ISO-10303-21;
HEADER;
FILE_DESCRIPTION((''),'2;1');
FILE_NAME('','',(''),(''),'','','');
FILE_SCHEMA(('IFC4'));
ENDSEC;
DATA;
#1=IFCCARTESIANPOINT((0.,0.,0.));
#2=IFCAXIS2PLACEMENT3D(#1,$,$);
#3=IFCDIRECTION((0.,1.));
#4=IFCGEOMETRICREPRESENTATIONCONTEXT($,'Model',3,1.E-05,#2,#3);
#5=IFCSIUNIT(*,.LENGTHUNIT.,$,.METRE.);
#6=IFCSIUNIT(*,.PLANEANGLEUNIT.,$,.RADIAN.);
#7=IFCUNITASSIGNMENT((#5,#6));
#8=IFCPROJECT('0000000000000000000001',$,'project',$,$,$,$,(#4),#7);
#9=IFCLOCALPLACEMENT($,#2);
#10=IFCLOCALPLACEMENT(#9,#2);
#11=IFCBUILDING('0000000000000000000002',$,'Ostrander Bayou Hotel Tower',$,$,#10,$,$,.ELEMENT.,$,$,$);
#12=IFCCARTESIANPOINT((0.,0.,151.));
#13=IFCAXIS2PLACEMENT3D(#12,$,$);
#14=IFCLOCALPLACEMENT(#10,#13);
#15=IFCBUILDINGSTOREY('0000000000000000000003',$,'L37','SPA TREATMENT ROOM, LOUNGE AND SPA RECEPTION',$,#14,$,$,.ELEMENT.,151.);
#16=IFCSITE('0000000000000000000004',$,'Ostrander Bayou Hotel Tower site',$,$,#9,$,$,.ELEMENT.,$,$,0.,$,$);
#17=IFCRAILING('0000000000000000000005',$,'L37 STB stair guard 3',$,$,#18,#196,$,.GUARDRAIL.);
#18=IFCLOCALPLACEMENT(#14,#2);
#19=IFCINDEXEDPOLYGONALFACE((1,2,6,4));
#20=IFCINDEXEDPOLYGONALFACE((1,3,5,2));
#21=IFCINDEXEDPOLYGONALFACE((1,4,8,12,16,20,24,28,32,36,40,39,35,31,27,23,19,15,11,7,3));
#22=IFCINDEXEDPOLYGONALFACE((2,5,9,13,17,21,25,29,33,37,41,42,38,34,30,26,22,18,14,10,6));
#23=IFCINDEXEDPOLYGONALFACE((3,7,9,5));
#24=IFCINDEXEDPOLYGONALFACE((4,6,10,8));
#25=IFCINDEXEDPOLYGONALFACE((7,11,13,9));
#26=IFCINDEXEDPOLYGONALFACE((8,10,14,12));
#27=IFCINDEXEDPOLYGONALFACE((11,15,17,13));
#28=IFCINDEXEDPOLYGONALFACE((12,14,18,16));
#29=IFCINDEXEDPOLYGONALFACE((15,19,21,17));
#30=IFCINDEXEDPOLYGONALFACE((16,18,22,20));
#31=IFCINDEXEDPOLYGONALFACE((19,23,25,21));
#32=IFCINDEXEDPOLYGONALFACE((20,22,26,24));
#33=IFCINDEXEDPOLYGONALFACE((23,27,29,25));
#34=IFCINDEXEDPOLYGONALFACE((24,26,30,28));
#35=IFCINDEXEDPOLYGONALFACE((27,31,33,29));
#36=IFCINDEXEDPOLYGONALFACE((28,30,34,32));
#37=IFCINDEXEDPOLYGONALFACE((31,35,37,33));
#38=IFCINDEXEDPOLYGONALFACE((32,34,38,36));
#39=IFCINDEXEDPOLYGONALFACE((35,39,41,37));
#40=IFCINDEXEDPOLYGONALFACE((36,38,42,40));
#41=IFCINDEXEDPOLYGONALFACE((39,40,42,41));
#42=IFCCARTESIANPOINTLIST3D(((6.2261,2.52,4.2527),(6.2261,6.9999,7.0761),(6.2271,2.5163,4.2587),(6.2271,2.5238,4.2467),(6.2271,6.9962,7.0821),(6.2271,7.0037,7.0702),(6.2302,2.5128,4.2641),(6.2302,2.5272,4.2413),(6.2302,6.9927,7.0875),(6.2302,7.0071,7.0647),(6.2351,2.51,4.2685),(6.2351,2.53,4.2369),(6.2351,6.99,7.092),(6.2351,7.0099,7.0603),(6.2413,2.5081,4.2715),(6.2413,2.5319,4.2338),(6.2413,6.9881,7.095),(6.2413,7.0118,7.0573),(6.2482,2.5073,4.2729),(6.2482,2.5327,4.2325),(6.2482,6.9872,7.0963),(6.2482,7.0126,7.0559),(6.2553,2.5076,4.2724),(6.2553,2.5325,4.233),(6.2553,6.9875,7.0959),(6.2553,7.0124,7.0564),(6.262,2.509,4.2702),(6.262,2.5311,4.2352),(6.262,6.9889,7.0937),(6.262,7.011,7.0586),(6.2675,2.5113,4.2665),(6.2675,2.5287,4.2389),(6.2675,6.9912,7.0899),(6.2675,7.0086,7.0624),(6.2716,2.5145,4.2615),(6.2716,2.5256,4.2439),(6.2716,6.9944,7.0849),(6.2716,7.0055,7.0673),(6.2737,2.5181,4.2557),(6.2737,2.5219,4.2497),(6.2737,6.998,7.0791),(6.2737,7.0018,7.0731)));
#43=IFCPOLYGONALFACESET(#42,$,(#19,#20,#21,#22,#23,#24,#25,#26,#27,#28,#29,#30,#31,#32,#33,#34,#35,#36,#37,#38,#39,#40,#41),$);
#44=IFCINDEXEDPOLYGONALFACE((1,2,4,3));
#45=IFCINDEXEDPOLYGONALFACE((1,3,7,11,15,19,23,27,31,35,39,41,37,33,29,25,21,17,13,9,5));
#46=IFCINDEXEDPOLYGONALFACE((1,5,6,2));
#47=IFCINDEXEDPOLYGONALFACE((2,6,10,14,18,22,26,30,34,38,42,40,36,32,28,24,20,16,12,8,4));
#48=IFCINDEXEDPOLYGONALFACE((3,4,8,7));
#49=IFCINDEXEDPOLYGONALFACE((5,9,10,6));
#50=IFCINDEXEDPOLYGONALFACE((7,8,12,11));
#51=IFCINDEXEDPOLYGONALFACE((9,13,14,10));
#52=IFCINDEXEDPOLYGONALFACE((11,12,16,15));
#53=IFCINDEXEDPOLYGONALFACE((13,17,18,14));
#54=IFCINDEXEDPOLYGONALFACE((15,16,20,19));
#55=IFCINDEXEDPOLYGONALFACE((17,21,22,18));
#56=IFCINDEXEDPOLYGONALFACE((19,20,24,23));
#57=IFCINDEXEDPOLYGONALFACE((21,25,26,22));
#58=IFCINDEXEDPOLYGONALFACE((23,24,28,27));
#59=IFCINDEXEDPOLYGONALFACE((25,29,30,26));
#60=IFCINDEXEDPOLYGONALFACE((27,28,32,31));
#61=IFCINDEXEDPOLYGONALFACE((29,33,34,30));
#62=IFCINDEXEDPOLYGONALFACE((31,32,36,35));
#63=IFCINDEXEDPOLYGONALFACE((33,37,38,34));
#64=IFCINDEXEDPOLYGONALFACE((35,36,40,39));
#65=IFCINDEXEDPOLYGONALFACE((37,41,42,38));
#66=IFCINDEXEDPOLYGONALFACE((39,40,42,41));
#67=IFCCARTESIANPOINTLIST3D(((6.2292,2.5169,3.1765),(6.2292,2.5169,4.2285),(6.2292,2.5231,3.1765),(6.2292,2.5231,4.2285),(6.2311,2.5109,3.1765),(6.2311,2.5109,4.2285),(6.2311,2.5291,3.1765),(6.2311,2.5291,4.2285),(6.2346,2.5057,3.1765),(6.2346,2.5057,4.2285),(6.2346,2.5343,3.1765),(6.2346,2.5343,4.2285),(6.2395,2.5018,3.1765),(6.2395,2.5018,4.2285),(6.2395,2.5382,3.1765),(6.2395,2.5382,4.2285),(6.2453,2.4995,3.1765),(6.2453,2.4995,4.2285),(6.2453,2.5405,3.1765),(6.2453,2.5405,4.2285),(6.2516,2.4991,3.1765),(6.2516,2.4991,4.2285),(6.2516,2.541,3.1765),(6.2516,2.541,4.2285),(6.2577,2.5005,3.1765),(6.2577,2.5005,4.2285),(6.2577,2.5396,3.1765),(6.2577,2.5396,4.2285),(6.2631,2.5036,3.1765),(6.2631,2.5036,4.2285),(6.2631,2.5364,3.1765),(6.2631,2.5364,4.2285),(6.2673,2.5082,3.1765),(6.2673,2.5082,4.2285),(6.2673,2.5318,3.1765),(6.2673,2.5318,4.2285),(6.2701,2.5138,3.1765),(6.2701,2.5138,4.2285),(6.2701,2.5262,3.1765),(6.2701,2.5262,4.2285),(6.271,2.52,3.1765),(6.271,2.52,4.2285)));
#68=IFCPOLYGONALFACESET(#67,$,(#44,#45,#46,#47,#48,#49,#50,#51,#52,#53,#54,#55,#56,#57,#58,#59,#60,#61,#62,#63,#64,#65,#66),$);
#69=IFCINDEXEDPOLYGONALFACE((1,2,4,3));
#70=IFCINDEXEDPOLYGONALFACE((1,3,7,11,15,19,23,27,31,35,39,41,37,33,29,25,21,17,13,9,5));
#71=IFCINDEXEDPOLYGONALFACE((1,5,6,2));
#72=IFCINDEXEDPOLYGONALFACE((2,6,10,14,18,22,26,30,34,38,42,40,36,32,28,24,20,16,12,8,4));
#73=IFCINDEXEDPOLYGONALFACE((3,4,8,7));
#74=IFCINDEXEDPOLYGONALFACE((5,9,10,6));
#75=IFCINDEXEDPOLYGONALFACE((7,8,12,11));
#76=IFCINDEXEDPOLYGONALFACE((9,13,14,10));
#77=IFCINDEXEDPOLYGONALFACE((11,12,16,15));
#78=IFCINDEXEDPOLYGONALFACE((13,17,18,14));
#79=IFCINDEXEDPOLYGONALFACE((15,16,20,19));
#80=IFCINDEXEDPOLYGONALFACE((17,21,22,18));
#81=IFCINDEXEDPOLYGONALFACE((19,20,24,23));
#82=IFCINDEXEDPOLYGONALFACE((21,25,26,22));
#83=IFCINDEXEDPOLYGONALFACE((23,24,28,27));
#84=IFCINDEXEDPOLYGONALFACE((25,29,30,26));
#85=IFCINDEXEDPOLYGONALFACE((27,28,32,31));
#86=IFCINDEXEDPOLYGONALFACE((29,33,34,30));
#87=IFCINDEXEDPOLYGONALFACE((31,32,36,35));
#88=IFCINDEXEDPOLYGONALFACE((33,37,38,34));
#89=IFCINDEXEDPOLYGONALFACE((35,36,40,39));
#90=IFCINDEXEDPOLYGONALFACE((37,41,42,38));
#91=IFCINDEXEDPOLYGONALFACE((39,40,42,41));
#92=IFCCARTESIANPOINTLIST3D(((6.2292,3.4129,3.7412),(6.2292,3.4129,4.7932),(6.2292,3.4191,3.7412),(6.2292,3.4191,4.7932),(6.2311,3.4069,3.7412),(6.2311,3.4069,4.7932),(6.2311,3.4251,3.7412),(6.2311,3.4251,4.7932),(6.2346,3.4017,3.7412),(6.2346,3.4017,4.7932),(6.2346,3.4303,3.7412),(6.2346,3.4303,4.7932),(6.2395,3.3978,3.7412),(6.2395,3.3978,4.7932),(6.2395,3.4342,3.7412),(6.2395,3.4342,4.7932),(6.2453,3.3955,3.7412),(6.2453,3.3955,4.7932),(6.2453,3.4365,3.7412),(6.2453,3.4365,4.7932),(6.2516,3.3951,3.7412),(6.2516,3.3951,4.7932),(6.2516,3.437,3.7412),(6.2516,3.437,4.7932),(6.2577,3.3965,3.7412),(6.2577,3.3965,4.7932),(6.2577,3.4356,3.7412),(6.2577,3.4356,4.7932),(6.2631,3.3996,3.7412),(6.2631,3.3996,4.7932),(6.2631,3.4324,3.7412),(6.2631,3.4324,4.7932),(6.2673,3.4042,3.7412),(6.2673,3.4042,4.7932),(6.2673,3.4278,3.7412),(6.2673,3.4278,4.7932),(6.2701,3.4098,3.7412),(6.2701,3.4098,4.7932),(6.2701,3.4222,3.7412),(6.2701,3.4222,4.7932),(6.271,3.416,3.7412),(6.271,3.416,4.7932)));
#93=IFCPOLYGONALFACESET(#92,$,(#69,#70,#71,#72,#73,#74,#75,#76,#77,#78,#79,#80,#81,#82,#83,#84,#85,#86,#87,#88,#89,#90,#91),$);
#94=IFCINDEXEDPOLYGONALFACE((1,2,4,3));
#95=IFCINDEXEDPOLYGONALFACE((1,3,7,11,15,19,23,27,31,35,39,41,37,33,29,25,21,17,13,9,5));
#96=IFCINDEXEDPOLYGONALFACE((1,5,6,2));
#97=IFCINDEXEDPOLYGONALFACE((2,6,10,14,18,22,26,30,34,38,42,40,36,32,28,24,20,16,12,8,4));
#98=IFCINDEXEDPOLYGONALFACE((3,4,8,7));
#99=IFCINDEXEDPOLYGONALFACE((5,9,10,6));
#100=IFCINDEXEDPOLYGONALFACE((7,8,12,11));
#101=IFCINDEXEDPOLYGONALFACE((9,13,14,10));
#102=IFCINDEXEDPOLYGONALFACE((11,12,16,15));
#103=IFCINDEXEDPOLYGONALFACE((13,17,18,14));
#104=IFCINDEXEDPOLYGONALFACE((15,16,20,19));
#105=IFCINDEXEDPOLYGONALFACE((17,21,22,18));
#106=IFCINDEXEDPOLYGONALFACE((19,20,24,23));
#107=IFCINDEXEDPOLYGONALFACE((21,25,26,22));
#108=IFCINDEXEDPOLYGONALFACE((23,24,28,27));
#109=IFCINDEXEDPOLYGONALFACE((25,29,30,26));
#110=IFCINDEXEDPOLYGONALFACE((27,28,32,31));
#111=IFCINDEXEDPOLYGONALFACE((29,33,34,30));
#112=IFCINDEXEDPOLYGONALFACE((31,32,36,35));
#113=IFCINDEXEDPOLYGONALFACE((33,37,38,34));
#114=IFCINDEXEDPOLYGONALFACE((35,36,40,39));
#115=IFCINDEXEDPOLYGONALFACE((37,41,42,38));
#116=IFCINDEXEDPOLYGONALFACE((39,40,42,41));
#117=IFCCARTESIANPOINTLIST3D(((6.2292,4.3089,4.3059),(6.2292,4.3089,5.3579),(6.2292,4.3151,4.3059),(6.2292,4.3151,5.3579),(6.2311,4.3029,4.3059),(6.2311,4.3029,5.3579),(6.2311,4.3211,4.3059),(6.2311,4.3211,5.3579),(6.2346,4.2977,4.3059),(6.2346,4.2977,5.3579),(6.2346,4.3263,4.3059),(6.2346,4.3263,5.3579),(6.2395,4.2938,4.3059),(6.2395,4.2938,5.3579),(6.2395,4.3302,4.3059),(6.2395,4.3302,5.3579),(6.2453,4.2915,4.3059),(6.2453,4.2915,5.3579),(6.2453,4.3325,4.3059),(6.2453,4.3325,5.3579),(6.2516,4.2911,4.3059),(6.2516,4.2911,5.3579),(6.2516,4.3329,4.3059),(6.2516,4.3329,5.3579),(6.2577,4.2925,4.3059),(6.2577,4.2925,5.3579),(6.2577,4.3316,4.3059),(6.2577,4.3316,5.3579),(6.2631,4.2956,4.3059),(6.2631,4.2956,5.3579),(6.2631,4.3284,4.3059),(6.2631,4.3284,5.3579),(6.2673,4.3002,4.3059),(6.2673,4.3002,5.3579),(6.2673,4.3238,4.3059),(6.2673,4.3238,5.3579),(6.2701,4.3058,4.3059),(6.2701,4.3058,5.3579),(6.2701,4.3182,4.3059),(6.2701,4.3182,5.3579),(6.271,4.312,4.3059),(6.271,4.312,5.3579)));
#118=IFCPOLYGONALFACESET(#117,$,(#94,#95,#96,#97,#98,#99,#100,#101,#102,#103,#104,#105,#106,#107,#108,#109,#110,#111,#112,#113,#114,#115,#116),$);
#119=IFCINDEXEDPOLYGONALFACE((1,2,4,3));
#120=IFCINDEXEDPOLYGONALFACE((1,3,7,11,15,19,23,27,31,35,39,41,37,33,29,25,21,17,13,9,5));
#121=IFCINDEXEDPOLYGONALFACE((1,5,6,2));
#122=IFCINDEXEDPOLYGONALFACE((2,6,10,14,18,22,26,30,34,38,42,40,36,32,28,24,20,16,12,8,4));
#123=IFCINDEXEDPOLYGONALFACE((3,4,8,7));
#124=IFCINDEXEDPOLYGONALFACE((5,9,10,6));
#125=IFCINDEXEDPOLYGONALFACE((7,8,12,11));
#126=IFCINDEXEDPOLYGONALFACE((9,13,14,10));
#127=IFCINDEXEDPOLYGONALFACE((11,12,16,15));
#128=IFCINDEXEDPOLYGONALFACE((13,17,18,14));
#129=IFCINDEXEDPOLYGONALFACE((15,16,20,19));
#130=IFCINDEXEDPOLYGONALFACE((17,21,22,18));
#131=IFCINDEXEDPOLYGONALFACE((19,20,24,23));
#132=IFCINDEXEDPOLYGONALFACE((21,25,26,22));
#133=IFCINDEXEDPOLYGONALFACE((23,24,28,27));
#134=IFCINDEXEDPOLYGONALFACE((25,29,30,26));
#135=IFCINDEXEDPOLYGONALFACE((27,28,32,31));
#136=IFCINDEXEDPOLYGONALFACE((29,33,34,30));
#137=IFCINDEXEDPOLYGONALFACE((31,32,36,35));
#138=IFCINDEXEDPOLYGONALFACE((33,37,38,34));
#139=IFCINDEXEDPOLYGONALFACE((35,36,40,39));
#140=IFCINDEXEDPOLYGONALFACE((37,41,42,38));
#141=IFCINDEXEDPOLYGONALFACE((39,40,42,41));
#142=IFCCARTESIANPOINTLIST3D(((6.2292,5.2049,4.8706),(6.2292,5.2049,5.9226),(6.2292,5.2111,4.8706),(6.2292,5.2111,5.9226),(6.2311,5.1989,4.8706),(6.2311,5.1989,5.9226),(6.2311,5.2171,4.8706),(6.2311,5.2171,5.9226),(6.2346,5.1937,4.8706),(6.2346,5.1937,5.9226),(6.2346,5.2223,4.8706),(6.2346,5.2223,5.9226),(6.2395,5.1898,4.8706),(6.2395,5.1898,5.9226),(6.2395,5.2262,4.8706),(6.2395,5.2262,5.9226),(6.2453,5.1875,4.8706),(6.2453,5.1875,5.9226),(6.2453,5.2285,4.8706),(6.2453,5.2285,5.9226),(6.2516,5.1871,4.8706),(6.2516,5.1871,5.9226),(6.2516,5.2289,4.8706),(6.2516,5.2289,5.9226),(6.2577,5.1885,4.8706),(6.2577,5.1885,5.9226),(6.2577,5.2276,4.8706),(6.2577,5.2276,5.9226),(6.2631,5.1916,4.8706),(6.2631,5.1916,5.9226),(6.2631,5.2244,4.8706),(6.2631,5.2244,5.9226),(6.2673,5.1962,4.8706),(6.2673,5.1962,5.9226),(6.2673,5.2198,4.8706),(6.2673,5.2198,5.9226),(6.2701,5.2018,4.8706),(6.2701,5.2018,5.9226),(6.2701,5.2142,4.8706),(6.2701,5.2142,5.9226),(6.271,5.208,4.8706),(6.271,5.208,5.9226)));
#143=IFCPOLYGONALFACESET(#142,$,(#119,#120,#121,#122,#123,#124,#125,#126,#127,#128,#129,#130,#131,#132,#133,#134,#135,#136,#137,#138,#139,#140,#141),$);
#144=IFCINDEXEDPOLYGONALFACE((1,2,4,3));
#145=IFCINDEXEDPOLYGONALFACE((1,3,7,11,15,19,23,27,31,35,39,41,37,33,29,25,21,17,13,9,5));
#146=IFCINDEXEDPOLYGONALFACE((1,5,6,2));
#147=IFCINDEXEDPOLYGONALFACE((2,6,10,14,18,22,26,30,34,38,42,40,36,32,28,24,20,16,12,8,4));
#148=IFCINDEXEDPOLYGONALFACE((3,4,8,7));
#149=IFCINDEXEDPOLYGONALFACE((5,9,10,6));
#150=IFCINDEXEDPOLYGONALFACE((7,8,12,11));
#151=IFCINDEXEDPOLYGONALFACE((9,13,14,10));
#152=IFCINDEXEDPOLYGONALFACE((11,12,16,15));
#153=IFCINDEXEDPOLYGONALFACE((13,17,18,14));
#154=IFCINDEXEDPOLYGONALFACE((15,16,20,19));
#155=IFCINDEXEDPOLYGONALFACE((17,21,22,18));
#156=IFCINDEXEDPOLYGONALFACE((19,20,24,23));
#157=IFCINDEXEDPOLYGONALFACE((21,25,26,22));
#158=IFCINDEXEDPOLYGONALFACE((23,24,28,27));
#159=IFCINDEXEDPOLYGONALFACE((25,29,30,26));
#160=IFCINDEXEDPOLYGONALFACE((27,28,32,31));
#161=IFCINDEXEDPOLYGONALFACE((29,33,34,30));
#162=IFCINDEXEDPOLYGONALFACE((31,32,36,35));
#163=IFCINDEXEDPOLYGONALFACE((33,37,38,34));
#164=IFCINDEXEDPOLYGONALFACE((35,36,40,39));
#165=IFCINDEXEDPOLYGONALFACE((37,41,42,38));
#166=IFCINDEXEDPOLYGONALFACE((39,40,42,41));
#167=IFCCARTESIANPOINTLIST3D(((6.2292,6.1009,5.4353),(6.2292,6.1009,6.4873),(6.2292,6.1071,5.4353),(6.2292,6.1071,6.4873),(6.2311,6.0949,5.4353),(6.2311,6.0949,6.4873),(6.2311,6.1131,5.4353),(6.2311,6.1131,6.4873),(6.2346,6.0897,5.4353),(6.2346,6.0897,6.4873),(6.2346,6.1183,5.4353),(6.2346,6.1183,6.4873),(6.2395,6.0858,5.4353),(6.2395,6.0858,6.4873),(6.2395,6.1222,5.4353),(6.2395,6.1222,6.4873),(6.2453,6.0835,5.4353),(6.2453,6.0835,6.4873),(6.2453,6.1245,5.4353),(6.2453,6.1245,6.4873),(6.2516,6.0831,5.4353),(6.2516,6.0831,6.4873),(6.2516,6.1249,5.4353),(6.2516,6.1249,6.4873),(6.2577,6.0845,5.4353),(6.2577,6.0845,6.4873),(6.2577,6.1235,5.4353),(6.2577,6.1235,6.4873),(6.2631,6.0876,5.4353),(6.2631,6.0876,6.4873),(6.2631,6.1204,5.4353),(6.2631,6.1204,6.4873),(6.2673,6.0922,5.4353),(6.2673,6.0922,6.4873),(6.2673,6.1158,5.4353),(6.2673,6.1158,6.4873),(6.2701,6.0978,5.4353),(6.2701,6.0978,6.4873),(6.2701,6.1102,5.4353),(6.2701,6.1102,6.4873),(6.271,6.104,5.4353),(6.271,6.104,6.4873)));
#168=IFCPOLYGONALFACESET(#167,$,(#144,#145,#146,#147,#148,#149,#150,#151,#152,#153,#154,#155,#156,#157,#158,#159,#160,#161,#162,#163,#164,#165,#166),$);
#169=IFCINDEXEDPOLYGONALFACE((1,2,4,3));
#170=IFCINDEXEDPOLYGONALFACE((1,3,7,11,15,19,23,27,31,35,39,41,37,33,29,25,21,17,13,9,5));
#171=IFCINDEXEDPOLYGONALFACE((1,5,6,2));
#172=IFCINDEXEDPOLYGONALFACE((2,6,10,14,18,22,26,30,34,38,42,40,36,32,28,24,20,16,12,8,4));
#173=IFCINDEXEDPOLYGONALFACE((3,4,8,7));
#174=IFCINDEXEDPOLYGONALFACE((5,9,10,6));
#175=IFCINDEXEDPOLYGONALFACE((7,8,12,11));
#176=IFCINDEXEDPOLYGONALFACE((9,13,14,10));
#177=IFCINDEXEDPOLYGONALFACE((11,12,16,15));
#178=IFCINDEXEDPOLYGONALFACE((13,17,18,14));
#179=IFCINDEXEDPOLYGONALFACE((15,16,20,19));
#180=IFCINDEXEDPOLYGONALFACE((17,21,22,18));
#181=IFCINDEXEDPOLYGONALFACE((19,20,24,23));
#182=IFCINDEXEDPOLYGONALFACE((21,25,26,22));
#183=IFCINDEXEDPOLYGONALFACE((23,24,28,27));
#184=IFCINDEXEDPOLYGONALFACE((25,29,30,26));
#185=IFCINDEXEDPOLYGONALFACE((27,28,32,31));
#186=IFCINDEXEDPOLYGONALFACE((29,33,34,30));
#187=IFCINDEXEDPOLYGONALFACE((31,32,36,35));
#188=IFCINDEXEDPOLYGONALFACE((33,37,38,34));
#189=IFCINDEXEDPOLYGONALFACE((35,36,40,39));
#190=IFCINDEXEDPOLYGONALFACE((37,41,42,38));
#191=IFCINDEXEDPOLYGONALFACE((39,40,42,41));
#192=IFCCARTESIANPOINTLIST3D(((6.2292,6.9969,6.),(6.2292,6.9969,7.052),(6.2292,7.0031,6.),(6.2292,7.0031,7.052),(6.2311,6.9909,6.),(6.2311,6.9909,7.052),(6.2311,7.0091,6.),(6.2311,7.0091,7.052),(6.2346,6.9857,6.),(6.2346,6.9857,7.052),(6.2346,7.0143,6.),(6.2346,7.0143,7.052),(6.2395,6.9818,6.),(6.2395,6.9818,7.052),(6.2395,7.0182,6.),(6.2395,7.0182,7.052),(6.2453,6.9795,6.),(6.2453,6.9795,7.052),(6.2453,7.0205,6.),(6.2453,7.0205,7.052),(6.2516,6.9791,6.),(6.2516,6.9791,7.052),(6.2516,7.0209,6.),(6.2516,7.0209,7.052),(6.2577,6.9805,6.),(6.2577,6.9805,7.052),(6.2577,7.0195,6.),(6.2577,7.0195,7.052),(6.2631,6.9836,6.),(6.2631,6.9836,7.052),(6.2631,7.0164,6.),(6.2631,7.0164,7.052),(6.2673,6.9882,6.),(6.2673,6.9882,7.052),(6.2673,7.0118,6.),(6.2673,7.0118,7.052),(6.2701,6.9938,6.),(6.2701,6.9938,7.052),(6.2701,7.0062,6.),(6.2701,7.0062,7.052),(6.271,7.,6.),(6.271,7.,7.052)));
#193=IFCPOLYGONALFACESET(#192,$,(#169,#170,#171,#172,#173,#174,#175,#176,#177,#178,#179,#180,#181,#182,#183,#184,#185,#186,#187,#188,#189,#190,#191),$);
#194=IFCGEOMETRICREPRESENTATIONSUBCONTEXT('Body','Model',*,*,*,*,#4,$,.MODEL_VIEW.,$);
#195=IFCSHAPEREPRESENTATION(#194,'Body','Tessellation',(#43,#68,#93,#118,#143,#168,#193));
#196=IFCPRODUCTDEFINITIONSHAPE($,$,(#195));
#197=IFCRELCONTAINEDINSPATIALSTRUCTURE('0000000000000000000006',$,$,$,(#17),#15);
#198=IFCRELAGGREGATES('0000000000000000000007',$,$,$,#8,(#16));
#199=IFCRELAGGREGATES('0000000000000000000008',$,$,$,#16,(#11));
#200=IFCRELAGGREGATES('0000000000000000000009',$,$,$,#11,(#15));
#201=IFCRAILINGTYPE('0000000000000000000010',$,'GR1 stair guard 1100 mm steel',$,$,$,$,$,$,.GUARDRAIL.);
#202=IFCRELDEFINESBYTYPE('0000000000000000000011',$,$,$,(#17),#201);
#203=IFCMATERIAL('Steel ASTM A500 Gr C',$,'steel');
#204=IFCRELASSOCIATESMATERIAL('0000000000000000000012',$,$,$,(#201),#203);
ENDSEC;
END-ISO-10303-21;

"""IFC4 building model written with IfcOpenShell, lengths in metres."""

from ifc_helpers import new_model, si_unit, direction, frame, origin, origin_2d, place, context, subcontext, project, spatial, circle, extrude, material, type_object, element, save


model = new_model("IFC4")

# Units and contexts
model_context = context("Model", 3, precision=1e-05, world=origin(), true_north=direction((0.0, 1.0)))
body_context = subcontext(model_context, "Body", "Model", "MODEL_VIEW")
ifc_project = project(units=[si_unit("LENGTHUNIT", "METRE"), si_unit("PLANEANGLEUNIT", "RADIAN")], contexts=[model_context])

# Site, building, storey
site_placement = place(None, origin())
site = spatial("IfcSite", under=ifc_project, at=site_placement, Name="Ostrander Bayou Hotel Tower site", CompositionType="ELEMENT", RefElevation=0.0)
building_placement = place(site_placement, origin())
building = spatial("IfcBuilding", under=site, at=building_placement, Name="Ostrander Bayou Hotel Tower", CompositionType="ELEMENT")
storey_placement = place(building_placement, frame((0.0, 0.0, 151.0)))
storey = spatial("IfcBuildingStorey", under=building, at=storey_placement, Name="L37", Description="SPA TREATMENT ROOM, LOUNGE AND SPA RECEPTION", CompositionType="ELEMENT", Elevation=151.0)

# Railing
ifc_material_1 = material(Name="Steel ASTM A500 Gr C", Category="steel")
railing_type_1 = type_object("IfcRailingType", Name="GR1 stair guard 1100 mm steel", PredefinedType="GUARDRAIL", material=ifc_material_1)
railing_1_placement = place(storey_placement, frame((6.25, 2.52, 3.1765)))
element("IfcRailing", 1, at=railing_1_placement, inside=storey, type_object=railing_type_1, Name="L37 STB stair guard 3", PredefinedType="GUARDRAIL", context=body_context, shape_type="SweptSolid", body=[
    extrude(circle(Radius=0.0239, at=origin_2d()), frame((0.0, 0.0, 1.0762), z_axis=(0.0, 0.845998, 0.533186), x_axis=(-1.0, 0.0, 0.0)), (0.0, 0.0, 1.0), 5.2954),
    extrude(circle(Radius=0.021, at=origin_2d()), origin(), (0.0, 0.0, 1.0), 1.052),
    extrude(circle(Radius=0.021, at=origin_2d()), frame((0.0, 0.896, 0.5647)), (0.0, 0.0, 1.0), 1.052),
    extrude(circle(Radius=0.021, at=origin_2d()), frame((0.0, 1.792, 1.1294)), (0.0, 0.0, 1.0), 1.052),
    extrude(circle(Radius=0.021, at=origin_2d()), frame((0.0, 2.688, 1.6941)), (0.0, 0.0, 1.0), 1.052),
    extrude(circle(Radius=0.021, at=origin_2d()), frame((0.0, 3.584, 2.2588)), (0.0, 0.0, 1.0), 1.052),
    extrude(circle(Radius=0.021, at=origin_2d()), frame((0.0, 4.48, 2.8235)), (0.0, 0.0, 1.0), 1.052),
])

save(model, "model.ifc")
